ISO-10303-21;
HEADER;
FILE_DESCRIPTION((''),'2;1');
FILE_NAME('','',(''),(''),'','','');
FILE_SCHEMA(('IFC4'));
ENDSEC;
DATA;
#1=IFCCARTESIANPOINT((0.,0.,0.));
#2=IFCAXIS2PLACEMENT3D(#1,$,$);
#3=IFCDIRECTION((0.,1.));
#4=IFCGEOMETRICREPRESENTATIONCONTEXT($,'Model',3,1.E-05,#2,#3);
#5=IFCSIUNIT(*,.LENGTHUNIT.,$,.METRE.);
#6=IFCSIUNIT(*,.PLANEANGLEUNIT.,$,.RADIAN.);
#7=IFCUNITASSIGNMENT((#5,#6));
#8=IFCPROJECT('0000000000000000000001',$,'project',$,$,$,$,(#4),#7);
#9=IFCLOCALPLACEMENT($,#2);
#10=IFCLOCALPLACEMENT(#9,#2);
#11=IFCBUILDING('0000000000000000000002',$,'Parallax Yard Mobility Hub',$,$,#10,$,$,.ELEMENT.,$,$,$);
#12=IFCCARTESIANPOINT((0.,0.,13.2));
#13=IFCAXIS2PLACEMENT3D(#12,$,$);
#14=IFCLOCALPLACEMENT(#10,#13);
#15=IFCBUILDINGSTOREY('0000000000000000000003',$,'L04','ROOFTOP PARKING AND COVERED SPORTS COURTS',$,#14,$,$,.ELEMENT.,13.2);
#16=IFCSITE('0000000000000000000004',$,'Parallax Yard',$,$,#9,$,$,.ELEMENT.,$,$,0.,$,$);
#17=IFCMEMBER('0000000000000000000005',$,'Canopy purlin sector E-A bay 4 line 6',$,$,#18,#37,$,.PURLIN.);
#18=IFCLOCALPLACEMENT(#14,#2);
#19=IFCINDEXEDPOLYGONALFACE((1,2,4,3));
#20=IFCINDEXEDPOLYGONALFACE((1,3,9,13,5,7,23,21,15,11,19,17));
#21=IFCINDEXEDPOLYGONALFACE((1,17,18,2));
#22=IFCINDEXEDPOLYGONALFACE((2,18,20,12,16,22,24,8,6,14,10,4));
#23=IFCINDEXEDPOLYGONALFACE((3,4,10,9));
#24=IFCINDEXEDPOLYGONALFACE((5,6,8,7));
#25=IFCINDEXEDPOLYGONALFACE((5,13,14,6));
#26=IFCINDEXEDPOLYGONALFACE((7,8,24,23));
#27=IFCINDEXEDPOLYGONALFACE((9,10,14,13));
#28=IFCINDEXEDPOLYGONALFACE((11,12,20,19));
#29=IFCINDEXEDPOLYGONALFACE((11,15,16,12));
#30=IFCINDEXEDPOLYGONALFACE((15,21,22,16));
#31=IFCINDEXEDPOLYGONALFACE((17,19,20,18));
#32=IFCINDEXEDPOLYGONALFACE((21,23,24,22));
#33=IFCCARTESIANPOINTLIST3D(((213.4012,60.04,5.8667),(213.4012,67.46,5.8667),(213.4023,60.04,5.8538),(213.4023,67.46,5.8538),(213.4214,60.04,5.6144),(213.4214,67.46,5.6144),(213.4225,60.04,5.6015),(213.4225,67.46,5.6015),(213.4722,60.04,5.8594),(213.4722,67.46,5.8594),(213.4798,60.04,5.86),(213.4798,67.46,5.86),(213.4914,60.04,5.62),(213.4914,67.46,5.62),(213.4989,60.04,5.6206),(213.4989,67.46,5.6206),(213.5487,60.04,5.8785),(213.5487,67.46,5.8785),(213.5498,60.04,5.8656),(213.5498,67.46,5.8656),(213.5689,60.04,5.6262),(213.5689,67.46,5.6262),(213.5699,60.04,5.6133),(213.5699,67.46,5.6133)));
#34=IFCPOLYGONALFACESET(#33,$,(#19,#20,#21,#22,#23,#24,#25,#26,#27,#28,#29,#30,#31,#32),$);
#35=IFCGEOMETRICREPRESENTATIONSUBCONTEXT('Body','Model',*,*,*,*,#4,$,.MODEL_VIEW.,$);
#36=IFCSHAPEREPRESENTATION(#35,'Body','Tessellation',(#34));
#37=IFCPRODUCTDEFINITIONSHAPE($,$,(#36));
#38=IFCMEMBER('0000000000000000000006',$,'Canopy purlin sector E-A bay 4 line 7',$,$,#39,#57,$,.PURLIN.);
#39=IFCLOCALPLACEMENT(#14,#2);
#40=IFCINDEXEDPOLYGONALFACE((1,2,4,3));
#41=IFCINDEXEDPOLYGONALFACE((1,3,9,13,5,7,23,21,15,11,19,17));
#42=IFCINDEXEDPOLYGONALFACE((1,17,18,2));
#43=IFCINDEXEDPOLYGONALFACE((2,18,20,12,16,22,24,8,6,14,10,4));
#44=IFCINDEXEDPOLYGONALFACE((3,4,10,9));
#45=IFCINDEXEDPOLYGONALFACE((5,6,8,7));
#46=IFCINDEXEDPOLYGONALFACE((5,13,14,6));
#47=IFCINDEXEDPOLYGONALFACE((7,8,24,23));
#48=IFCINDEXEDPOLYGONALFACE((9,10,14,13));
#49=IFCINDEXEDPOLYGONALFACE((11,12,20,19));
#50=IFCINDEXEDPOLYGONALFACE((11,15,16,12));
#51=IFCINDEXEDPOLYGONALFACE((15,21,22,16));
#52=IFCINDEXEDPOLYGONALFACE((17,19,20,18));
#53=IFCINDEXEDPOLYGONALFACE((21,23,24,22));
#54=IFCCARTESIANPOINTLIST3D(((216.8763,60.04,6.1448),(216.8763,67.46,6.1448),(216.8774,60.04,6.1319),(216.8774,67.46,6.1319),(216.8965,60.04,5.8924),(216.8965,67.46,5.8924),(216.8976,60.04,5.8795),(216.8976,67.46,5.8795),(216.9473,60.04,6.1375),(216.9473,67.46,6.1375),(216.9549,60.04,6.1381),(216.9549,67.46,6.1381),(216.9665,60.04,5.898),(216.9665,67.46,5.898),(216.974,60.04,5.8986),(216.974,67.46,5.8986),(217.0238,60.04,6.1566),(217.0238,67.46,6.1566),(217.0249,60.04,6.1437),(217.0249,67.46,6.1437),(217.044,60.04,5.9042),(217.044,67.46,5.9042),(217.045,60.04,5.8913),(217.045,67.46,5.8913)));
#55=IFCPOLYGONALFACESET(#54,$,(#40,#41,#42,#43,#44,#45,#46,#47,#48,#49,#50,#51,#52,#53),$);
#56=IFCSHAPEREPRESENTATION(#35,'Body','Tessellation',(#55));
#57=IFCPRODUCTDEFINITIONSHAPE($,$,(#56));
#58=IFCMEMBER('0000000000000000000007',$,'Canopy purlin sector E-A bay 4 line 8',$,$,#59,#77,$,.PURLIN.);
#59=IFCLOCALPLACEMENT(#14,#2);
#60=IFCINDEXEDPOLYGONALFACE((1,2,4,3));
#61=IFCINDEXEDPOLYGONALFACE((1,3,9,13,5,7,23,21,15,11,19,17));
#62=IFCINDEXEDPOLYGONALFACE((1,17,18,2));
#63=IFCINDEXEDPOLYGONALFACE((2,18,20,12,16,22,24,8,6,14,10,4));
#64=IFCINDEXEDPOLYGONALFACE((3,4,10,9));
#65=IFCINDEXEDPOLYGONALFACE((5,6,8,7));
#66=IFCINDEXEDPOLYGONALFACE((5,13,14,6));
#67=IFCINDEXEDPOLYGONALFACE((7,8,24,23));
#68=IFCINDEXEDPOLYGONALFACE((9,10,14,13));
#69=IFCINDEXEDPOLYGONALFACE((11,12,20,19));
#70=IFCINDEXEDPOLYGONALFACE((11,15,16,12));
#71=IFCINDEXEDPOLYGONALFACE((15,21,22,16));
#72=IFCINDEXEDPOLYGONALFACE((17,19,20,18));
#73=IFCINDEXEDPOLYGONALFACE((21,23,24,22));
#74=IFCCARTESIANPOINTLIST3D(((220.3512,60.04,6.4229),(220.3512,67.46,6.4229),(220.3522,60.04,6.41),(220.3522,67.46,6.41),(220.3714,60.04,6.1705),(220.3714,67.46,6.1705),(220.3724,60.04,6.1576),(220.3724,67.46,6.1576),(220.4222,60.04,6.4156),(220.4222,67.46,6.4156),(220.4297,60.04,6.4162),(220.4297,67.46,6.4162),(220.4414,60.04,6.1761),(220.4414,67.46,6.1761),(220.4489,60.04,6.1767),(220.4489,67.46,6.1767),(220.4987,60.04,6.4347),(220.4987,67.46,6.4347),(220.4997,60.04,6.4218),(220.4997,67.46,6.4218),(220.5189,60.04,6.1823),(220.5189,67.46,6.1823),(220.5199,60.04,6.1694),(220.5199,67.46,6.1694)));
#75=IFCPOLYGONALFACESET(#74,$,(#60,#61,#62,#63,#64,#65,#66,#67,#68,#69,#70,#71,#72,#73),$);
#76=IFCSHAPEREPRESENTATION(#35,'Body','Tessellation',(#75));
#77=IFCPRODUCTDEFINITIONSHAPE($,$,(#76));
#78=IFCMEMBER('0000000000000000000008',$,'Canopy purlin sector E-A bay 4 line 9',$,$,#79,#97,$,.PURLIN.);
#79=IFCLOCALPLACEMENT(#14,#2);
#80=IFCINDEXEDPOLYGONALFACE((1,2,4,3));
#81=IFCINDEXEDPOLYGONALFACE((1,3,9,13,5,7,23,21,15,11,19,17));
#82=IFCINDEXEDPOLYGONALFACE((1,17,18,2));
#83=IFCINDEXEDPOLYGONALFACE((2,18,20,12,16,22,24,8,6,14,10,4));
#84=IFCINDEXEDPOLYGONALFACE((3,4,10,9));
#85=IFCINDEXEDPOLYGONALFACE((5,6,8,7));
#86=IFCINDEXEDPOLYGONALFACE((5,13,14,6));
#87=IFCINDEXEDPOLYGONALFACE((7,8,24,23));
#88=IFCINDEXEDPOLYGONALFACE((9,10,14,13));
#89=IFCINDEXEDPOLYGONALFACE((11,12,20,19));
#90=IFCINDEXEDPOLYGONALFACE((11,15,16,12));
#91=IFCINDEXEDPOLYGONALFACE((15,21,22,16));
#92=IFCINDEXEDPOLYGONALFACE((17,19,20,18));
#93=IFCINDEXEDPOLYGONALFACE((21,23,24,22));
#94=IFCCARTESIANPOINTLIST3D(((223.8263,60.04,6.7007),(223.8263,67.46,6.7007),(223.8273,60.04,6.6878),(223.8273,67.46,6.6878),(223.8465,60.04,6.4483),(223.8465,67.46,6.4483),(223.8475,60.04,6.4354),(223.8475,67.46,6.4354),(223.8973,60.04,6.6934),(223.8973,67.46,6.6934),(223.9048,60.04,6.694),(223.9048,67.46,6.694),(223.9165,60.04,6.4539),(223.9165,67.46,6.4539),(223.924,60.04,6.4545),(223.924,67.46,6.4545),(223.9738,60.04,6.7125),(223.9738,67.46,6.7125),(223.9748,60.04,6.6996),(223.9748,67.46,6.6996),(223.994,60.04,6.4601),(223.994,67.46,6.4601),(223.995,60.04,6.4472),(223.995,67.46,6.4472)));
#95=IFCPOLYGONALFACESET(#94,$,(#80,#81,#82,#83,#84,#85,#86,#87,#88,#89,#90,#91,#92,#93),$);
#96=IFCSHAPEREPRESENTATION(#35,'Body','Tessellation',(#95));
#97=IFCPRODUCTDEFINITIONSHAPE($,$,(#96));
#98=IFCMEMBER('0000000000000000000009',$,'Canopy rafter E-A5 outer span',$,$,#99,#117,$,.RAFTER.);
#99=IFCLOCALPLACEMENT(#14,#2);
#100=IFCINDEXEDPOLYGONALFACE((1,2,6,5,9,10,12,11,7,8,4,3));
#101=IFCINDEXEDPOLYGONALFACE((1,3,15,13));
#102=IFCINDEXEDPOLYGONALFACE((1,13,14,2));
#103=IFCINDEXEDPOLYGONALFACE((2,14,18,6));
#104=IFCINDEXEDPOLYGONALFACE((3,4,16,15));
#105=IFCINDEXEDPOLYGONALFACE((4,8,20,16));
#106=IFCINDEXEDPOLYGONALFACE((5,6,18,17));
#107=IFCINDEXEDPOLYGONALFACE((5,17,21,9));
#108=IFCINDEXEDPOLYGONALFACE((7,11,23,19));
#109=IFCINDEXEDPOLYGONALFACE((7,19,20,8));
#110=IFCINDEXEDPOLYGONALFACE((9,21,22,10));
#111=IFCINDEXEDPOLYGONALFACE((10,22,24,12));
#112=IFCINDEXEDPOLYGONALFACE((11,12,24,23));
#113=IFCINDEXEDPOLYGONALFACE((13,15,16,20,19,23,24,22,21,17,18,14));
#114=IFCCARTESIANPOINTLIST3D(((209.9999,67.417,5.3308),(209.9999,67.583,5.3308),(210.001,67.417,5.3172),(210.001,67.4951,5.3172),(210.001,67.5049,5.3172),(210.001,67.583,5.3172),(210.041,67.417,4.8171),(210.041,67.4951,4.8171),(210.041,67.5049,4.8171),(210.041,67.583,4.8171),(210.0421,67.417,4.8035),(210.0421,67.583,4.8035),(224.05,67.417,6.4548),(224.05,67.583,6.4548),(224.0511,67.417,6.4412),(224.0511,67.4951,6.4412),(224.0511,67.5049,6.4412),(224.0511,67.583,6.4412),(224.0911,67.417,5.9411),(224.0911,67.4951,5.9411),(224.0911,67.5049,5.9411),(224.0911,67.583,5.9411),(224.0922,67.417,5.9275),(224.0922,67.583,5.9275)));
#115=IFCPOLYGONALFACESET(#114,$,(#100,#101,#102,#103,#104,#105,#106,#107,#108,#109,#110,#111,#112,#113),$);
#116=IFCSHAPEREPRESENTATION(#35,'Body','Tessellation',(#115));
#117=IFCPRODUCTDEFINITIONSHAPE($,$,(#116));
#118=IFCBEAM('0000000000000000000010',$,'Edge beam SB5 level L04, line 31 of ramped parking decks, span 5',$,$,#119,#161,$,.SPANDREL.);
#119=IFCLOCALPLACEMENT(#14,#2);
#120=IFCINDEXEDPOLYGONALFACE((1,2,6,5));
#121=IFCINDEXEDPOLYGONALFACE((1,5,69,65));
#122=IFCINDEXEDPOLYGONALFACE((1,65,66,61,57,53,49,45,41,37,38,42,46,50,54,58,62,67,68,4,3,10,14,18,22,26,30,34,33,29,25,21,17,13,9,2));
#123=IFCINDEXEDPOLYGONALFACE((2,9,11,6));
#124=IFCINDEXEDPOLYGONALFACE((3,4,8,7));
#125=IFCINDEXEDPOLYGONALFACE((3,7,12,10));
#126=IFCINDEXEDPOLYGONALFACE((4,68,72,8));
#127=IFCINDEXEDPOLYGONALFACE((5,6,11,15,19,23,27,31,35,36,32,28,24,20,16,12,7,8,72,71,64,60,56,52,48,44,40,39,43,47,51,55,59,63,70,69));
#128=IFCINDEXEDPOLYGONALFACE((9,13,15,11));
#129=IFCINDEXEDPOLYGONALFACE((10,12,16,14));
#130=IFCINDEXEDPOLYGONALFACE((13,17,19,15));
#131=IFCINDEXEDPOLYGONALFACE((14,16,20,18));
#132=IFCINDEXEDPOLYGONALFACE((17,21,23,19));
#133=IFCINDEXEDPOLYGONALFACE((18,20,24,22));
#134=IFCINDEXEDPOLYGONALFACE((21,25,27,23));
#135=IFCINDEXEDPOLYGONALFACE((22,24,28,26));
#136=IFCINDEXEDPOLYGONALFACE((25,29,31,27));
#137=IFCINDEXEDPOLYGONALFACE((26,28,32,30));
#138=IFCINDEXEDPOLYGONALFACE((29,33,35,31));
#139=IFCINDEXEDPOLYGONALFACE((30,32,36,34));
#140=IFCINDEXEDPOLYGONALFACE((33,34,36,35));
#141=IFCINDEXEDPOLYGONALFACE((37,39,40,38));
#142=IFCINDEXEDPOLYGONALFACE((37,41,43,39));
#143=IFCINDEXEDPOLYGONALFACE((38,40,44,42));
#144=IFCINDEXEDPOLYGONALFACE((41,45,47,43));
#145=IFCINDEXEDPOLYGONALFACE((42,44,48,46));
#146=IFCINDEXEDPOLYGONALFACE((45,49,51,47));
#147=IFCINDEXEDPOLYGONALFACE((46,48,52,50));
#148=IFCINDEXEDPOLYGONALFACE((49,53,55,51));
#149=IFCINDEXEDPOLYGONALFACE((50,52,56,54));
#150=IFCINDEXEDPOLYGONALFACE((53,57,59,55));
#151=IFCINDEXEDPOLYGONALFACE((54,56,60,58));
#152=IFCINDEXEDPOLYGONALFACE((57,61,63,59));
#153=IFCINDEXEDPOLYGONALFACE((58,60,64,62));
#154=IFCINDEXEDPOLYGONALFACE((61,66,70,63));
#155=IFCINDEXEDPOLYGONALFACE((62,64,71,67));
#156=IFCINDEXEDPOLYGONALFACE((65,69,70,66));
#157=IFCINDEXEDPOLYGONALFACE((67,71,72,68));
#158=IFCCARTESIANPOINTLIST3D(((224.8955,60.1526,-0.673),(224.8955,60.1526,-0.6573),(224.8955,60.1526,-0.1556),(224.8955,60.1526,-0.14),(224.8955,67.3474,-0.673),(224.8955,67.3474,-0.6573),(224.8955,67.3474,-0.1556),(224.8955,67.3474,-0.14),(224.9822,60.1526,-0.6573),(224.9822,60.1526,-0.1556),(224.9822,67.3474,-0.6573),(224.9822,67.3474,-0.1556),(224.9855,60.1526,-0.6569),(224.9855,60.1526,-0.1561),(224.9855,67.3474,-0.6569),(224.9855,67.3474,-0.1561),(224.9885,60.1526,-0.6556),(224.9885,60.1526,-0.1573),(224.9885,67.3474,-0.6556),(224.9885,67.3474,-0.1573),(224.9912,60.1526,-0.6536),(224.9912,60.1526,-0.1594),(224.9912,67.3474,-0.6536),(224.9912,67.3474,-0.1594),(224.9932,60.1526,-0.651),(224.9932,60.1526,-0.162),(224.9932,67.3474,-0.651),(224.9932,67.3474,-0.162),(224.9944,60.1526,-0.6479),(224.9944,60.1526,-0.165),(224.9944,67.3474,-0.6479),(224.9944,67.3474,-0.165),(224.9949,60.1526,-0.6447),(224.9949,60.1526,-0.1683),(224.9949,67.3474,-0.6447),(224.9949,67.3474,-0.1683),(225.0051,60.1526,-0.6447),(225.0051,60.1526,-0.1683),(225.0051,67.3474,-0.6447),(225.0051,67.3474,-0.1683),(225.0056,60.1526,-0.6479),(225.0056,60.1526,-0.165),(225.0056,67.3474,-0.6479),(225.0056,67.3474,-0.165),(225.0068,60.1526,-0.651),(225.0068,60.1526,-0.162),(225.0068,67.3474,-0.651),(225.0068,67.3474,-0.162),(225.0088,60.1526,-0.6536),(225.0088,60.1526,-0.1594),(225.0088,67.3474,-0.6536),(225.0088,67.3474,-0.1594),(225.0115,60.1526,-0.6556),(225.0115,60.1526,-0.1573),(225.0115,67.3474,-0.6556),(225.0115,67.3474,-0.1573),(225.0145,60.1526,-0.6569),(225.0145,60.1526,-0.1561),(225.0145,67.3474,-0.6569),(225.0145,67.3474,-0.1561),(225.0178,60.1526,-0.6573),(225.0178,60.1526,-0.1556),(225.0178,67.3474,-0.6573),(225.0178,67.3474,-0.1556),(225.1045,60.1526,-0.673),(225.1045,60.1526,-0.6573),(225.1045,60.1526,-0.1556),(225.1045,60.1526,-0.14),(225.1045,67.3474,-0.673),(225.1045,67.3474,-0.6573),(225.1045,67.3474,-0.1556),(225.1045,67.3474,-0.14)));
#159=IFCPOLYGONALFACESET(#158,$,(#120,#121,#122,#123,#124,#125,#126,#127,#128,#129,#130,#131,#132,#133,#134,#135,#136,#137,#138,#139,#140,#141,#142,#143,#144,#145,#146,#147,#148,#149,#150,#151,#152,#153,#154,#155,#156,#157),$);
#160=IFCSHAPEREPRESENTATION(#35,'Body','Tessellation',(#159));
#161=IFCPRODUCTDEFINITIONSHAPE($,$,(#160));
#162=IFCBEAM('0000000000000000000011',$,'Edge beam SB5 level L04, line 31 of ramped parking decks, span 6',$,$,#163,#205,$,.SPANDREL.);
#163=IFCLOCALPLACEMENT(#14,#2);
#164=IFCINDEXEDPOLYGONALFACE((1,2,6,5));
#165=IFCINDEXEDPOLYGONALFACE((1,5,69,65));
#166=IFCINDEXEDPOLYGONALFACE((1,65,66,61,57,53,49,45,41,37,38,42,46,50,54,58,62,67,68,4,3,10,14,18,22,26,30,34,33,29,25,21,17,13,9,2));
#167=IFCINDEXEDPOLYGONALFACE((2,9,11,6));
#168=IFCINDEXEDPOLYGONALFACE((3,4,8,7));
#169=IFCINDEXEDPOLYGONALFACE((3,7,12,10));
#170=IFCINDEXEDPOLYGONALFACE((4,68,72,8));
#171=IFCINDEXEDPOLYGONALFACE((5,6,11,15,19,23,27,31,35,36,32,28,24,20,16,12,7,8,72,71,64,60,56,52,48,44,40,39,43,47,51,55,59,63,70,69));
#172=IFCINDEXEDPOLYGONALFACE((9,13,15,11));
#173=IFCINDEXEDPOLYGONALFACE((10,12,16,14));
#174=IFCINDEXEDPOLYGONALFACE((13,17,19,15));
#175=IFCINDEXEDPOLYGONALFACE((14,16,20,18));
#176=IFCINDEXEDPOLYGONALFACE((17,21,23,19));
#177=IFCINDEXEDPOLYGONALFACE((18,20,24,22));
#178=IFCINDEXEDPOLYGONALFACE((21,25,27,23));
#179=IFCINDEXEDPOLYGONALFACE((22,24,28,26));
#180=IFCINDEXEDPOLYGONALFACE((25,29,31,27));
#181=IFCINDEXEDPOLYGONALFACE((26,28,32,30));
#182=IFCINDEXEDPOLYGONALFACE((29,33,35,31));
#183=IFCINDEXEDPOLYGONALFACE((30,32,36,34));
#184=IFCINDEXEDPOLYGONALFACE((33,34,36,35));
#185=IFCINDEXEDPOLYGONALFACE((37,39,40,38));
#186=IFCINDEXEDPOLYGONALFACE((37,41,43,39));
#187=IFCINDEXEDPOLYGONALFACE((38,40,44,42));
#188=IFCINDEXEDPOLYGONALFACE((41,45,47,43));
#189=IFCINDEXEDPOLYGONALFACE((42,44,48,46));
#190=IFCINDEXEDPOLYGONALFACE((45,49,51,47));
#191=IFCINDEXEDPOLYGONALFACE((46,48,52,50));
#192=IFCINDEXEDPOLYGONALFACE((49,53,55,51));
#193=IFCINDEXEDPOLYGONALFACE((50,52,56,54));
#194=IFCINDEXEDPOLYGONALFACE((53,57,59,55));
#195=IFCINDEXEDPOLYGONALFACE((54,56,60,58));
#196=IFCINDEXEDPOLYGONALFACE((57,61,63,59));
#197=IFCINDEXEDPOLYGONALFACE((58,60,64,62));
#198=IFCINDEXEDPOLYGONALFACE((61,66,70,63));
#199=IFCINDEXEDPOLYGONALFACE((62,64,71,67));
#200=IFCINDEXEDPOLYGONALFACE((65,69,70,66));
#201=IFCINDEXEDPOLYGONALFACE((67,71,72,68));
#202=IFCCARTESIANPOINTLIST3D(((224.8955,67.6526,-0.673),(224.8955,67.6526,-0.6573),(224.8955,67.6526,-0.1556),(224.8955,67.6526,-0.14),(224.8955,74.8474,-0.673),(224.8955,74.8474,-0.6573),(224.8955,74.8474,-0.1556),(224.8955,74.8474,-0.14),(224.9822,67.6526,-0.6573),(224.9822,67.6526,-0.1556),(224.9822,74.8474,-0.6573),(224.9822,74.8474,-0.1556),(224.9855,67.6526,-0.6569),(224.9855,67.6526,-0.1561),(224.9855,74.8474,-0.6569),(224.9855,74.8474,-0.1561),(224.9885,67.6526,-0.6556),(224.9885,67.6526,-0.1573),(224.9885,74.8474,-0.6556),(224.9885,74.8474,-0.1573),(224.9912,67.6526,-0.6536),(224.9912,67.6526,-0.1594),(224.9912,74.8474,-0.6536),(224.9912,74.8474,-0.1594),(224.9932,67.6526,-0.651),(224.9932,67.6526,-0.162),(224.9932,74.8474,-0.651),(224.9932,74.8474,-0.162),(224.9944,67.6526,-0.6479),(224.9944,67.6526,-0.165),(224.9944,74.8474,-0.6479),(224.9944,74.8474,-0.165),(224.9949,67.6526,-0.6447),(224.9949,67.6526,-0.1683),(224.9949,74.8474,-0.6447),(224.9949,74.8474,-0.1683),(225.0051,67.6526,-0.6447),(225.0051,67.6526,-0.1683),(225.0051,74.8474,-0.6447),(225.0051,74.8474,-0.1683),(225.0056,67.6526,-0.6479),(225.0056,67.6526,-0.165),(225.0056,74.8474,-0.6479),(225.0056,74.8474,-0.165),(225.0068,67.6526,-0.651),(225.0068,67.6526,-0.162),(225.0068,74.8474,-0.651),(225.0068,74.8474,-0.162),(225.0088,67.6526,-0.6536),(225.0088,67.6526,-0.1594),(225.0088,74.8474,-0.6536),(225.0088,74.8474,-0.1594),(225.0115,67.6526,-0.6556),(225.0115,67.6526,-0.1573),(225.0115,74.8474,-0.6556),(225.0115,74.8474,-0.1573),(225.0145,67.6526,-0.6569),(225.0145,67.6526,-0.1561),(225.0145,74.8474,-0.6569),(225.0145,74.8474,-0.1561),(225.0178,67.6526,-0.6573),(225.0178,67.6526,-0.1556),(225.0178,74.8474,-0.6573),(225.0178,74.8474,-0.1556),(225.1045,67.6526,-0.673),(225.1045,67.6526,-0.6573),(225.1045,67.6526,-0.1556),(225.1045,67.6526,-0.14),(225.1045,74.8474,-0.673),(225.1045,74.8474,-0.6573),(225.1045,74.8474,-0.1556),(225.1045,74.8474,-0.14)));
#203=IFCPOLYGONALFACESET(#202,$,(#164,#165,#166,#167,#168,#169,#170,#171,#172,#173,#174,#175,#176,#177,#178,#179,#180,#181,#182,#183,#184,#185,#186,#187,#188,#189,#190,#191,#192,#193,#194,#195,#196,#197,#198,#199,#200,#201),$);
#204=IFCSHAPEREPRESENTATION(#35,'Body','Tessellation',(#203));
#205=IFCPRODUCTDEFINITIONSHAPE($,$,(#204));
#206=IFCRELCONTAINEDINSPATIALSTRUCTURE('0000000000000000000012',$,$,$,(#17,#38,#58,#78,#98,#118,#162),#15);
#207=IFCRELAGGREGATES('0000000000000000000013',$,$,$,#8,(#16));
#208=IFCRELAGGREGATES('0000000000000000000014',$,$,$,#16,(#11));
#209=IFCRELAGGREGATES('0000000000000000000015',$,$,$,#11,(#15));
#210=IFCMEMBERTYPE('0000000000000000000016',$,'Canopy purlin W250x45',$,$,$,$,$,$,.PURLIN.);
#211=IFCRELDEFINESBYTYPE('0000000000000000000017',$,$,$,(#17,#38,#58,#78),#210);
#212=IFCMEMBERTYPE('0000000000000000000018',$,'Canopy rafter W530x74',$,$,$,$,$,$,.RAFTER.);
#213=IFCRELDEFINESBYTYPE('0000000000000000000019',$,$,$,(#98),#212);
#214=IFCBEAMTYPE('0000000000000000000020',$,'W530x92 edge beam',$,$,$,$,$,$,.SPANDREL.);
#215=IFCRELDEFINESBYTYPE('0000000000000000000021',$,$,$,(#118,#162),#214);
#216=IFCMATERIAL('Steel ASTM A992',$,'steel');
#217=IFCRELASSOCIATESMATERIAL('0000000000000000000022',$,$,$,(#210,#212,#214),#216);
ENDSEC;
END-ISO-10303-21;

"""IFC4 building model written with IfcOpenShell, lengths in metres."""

from ifc_helpers import new_model, si_unit, direction, frame, origin, origin_2d, place, context, subcontext, project, spatial, i_section, extrude, material, material_profile, profile_set, type_object, element, save


model = new_model("IFC4")

# Units and contexts
model_context = context("Model", 3, precision=1e-05, world=origin(), true_north=direction((0.0, 1.0)))
body_context = subcontext(model_context, "Body", "Model", "MODEL_VIEW")
ifc_project = project(units=[si_unit("LENGTHUNIT", "METRE"), si_unit("PLANEANGLEUNIT", "RADIAN")], contexts=[model_context])

# Site, building, storey
site_placement = place(None, origin())
site = spatial("IfcSite", under=ifc_project, at=site_placement, Name="Parallax Yard", CompositionType="ELEMENT", RefElevation=0.0)
building_placement = place(site_placement, origin())
building = spatial("IfcBuilding", under=site, at=building_placement, Name="Parallax Yard Mobility Hub", CompositionType="ELEMENT")
storey_placement = place(building_placement, frame((0.0, 0.0, 13.2)))
storey = spatial("IfcBuildingStorey", under=building, at=storey_placement, Name="L04", Description="ROOFTOP PARKING AND COVERED SPORTS COURTS", CompositionType="ELEMENT", Elevation=13.2)

# Members
ifc_material_1 = material(Name="Steel ASTM A992", Category="steel")
ifc_material_profile_1 = material_profile(ifc_material_1, i_section(OverallWidth=0.1479, OverallDepth=0.2661, WebThickness=0.0076, FlangeThickness=0.0129, at=origin_2d()), Name="W250x45")
ifc_profile_set_1 = profile_set([ifc_material_profile_1], Name="Steel ASTM A992")
member_type_1 = type_object("IfcMemberType", Name="Canopy purlin W250x45", PredefinedType="PURLIN", material=ifc_profile_set_1)
for number, where, z_axis, x_axis, name in (
    (1, (213.4856, 60.04, 5.74), (0.0, 1.0, 0.0), (-0.996815, 0.0, -0.079745), "Canopy purlin sector E-A bay 4 line 6"),
    (2, (216.9607, 60.04, 6.0181), (0.0, 1.0, 0.0), (-0.996815, 0.0, -0.079745), "Canopy purlin sector E-A bay 4 line 7"),
    (3, (220.4355, 60.04, 6.2961), (0.0, 1.0, 0.0), (-0.996815, 0.0, -0.079745), "Canopy purlin sector E-A bay 4 line 8"),
    (4, (223.9106, 60.04, 6.574), (0.0, 1.0, 0.0), (-0.996815, 0.0, -0.079745), "Canopy purlin sector E-A bay 4 line 9"),
):
    element("IfcMember", number, at=place(storey_placement, frame(where, z_axis=z_axis, x_axis=x_axis)), inside=storey, type_object=member_type_1, Name=name, PredefinedType="PURLIN", context=body_context, shape_type="SweptSolid", body=[
        extrude(i_section(OverallWidth=0.1479, OverallDepth=0.2661, WebThickness=0.0076, FlangeThickness=0.0129, at=origin_2d()), origin(), (0.0, 0.0, 1.0), 7.4199),
    ])
ifc_material_profile_2 = material_profile(ifc_material_1, i_section(OverallWidth=0.166, OverallDepth=0.5291, WebThickness=0.0098, FlangeThickness=0.0137, at=origin_2d()), Name="W530x74")
ifc_profile_set_2 = profile_set([ifc_material_profile_2], Name="Steel ASTM A992")
member_type_2 = type_object("IfcMemberType", Name="Canopy rafter W530x74", PredefinedType="RAFTER", material=ifc_profile_set_2)
member_1_placement = place(storey_placement, frame((210.021, 67.5, 5.0671), z_axis=(0.996815, 0.0, 0.079747), x_axis=(0.0, 1.0, 0.0)))
element("IfcMember", 5, at=member_1_placement, inside=storey, type_object=member_type_2, Name="Canopy rafter E-A5 outer span", PredefinedType="RAFTER", context=body_context, shape_type="SweptSolid", body=[
    extrude(i_section(OverallWidth=0.166, OverallDepth=0.5291, WebThickness=0.0098, FlangeThickness=0.0137, at=origin_2d()), origin(), (0.0, 0.0, 1.0), 14.095),
])

# Beams
ifc_material_profile_3 = material_profile(ifc_material_1, i_section(OverallWidth=0.209, OverallDepth=0.533, WebThickness=0.0103, FlangeThickness=0.0156, FilletRadius=0.0127, at=origin_2d()), Name="W530x92")
ifc_profile_set_3 = profile_set([ifc_material_profile_3], Name="Steel ASTM A992")
beam_type_1 = type_object("IfcBeamType", Name="W530x92 edge beam", PredefinedType="SPANDREL", material=ifc_profile_set_3)
for number, where, z_axis, x_axis, name in (
    (6, (225.0, 60.1526, -0.4065), (0.0, 1.0, 0.0), (-1.0, 0.0, 0.0), "Edge beam SB5 level L04, line 31 of ramped parking decks, span 5"),
    (7, (225.0, 67.6526, -0.4065), (0.0, 1.0, 0.0), (-1.0, 0.0, 0.0), "Edge beam SB5 level L04, line 31 of ramped parking decks, span 6"),
):
    element("IfcBeam", number, at=place(storey_placement, frame(where, z_axis=z_axis, x_axis=x_axis)), inside=storey, type_object=beam_type_1, Name=name, PredefinedType="SPANDREL", context=body_context, shape_type="SweptSolid", body=[
        extrude(i_section(OverallWidth=0.209, OverallDepth=0.533, WebThickness=0.0103, FlangeThickness=0.0156, FilletRadius=0.0127, at=origin_2d()), origin(), (0.0, 0.0, 1.0), 7.1948),
    ])

save(model, "model.ifc")
